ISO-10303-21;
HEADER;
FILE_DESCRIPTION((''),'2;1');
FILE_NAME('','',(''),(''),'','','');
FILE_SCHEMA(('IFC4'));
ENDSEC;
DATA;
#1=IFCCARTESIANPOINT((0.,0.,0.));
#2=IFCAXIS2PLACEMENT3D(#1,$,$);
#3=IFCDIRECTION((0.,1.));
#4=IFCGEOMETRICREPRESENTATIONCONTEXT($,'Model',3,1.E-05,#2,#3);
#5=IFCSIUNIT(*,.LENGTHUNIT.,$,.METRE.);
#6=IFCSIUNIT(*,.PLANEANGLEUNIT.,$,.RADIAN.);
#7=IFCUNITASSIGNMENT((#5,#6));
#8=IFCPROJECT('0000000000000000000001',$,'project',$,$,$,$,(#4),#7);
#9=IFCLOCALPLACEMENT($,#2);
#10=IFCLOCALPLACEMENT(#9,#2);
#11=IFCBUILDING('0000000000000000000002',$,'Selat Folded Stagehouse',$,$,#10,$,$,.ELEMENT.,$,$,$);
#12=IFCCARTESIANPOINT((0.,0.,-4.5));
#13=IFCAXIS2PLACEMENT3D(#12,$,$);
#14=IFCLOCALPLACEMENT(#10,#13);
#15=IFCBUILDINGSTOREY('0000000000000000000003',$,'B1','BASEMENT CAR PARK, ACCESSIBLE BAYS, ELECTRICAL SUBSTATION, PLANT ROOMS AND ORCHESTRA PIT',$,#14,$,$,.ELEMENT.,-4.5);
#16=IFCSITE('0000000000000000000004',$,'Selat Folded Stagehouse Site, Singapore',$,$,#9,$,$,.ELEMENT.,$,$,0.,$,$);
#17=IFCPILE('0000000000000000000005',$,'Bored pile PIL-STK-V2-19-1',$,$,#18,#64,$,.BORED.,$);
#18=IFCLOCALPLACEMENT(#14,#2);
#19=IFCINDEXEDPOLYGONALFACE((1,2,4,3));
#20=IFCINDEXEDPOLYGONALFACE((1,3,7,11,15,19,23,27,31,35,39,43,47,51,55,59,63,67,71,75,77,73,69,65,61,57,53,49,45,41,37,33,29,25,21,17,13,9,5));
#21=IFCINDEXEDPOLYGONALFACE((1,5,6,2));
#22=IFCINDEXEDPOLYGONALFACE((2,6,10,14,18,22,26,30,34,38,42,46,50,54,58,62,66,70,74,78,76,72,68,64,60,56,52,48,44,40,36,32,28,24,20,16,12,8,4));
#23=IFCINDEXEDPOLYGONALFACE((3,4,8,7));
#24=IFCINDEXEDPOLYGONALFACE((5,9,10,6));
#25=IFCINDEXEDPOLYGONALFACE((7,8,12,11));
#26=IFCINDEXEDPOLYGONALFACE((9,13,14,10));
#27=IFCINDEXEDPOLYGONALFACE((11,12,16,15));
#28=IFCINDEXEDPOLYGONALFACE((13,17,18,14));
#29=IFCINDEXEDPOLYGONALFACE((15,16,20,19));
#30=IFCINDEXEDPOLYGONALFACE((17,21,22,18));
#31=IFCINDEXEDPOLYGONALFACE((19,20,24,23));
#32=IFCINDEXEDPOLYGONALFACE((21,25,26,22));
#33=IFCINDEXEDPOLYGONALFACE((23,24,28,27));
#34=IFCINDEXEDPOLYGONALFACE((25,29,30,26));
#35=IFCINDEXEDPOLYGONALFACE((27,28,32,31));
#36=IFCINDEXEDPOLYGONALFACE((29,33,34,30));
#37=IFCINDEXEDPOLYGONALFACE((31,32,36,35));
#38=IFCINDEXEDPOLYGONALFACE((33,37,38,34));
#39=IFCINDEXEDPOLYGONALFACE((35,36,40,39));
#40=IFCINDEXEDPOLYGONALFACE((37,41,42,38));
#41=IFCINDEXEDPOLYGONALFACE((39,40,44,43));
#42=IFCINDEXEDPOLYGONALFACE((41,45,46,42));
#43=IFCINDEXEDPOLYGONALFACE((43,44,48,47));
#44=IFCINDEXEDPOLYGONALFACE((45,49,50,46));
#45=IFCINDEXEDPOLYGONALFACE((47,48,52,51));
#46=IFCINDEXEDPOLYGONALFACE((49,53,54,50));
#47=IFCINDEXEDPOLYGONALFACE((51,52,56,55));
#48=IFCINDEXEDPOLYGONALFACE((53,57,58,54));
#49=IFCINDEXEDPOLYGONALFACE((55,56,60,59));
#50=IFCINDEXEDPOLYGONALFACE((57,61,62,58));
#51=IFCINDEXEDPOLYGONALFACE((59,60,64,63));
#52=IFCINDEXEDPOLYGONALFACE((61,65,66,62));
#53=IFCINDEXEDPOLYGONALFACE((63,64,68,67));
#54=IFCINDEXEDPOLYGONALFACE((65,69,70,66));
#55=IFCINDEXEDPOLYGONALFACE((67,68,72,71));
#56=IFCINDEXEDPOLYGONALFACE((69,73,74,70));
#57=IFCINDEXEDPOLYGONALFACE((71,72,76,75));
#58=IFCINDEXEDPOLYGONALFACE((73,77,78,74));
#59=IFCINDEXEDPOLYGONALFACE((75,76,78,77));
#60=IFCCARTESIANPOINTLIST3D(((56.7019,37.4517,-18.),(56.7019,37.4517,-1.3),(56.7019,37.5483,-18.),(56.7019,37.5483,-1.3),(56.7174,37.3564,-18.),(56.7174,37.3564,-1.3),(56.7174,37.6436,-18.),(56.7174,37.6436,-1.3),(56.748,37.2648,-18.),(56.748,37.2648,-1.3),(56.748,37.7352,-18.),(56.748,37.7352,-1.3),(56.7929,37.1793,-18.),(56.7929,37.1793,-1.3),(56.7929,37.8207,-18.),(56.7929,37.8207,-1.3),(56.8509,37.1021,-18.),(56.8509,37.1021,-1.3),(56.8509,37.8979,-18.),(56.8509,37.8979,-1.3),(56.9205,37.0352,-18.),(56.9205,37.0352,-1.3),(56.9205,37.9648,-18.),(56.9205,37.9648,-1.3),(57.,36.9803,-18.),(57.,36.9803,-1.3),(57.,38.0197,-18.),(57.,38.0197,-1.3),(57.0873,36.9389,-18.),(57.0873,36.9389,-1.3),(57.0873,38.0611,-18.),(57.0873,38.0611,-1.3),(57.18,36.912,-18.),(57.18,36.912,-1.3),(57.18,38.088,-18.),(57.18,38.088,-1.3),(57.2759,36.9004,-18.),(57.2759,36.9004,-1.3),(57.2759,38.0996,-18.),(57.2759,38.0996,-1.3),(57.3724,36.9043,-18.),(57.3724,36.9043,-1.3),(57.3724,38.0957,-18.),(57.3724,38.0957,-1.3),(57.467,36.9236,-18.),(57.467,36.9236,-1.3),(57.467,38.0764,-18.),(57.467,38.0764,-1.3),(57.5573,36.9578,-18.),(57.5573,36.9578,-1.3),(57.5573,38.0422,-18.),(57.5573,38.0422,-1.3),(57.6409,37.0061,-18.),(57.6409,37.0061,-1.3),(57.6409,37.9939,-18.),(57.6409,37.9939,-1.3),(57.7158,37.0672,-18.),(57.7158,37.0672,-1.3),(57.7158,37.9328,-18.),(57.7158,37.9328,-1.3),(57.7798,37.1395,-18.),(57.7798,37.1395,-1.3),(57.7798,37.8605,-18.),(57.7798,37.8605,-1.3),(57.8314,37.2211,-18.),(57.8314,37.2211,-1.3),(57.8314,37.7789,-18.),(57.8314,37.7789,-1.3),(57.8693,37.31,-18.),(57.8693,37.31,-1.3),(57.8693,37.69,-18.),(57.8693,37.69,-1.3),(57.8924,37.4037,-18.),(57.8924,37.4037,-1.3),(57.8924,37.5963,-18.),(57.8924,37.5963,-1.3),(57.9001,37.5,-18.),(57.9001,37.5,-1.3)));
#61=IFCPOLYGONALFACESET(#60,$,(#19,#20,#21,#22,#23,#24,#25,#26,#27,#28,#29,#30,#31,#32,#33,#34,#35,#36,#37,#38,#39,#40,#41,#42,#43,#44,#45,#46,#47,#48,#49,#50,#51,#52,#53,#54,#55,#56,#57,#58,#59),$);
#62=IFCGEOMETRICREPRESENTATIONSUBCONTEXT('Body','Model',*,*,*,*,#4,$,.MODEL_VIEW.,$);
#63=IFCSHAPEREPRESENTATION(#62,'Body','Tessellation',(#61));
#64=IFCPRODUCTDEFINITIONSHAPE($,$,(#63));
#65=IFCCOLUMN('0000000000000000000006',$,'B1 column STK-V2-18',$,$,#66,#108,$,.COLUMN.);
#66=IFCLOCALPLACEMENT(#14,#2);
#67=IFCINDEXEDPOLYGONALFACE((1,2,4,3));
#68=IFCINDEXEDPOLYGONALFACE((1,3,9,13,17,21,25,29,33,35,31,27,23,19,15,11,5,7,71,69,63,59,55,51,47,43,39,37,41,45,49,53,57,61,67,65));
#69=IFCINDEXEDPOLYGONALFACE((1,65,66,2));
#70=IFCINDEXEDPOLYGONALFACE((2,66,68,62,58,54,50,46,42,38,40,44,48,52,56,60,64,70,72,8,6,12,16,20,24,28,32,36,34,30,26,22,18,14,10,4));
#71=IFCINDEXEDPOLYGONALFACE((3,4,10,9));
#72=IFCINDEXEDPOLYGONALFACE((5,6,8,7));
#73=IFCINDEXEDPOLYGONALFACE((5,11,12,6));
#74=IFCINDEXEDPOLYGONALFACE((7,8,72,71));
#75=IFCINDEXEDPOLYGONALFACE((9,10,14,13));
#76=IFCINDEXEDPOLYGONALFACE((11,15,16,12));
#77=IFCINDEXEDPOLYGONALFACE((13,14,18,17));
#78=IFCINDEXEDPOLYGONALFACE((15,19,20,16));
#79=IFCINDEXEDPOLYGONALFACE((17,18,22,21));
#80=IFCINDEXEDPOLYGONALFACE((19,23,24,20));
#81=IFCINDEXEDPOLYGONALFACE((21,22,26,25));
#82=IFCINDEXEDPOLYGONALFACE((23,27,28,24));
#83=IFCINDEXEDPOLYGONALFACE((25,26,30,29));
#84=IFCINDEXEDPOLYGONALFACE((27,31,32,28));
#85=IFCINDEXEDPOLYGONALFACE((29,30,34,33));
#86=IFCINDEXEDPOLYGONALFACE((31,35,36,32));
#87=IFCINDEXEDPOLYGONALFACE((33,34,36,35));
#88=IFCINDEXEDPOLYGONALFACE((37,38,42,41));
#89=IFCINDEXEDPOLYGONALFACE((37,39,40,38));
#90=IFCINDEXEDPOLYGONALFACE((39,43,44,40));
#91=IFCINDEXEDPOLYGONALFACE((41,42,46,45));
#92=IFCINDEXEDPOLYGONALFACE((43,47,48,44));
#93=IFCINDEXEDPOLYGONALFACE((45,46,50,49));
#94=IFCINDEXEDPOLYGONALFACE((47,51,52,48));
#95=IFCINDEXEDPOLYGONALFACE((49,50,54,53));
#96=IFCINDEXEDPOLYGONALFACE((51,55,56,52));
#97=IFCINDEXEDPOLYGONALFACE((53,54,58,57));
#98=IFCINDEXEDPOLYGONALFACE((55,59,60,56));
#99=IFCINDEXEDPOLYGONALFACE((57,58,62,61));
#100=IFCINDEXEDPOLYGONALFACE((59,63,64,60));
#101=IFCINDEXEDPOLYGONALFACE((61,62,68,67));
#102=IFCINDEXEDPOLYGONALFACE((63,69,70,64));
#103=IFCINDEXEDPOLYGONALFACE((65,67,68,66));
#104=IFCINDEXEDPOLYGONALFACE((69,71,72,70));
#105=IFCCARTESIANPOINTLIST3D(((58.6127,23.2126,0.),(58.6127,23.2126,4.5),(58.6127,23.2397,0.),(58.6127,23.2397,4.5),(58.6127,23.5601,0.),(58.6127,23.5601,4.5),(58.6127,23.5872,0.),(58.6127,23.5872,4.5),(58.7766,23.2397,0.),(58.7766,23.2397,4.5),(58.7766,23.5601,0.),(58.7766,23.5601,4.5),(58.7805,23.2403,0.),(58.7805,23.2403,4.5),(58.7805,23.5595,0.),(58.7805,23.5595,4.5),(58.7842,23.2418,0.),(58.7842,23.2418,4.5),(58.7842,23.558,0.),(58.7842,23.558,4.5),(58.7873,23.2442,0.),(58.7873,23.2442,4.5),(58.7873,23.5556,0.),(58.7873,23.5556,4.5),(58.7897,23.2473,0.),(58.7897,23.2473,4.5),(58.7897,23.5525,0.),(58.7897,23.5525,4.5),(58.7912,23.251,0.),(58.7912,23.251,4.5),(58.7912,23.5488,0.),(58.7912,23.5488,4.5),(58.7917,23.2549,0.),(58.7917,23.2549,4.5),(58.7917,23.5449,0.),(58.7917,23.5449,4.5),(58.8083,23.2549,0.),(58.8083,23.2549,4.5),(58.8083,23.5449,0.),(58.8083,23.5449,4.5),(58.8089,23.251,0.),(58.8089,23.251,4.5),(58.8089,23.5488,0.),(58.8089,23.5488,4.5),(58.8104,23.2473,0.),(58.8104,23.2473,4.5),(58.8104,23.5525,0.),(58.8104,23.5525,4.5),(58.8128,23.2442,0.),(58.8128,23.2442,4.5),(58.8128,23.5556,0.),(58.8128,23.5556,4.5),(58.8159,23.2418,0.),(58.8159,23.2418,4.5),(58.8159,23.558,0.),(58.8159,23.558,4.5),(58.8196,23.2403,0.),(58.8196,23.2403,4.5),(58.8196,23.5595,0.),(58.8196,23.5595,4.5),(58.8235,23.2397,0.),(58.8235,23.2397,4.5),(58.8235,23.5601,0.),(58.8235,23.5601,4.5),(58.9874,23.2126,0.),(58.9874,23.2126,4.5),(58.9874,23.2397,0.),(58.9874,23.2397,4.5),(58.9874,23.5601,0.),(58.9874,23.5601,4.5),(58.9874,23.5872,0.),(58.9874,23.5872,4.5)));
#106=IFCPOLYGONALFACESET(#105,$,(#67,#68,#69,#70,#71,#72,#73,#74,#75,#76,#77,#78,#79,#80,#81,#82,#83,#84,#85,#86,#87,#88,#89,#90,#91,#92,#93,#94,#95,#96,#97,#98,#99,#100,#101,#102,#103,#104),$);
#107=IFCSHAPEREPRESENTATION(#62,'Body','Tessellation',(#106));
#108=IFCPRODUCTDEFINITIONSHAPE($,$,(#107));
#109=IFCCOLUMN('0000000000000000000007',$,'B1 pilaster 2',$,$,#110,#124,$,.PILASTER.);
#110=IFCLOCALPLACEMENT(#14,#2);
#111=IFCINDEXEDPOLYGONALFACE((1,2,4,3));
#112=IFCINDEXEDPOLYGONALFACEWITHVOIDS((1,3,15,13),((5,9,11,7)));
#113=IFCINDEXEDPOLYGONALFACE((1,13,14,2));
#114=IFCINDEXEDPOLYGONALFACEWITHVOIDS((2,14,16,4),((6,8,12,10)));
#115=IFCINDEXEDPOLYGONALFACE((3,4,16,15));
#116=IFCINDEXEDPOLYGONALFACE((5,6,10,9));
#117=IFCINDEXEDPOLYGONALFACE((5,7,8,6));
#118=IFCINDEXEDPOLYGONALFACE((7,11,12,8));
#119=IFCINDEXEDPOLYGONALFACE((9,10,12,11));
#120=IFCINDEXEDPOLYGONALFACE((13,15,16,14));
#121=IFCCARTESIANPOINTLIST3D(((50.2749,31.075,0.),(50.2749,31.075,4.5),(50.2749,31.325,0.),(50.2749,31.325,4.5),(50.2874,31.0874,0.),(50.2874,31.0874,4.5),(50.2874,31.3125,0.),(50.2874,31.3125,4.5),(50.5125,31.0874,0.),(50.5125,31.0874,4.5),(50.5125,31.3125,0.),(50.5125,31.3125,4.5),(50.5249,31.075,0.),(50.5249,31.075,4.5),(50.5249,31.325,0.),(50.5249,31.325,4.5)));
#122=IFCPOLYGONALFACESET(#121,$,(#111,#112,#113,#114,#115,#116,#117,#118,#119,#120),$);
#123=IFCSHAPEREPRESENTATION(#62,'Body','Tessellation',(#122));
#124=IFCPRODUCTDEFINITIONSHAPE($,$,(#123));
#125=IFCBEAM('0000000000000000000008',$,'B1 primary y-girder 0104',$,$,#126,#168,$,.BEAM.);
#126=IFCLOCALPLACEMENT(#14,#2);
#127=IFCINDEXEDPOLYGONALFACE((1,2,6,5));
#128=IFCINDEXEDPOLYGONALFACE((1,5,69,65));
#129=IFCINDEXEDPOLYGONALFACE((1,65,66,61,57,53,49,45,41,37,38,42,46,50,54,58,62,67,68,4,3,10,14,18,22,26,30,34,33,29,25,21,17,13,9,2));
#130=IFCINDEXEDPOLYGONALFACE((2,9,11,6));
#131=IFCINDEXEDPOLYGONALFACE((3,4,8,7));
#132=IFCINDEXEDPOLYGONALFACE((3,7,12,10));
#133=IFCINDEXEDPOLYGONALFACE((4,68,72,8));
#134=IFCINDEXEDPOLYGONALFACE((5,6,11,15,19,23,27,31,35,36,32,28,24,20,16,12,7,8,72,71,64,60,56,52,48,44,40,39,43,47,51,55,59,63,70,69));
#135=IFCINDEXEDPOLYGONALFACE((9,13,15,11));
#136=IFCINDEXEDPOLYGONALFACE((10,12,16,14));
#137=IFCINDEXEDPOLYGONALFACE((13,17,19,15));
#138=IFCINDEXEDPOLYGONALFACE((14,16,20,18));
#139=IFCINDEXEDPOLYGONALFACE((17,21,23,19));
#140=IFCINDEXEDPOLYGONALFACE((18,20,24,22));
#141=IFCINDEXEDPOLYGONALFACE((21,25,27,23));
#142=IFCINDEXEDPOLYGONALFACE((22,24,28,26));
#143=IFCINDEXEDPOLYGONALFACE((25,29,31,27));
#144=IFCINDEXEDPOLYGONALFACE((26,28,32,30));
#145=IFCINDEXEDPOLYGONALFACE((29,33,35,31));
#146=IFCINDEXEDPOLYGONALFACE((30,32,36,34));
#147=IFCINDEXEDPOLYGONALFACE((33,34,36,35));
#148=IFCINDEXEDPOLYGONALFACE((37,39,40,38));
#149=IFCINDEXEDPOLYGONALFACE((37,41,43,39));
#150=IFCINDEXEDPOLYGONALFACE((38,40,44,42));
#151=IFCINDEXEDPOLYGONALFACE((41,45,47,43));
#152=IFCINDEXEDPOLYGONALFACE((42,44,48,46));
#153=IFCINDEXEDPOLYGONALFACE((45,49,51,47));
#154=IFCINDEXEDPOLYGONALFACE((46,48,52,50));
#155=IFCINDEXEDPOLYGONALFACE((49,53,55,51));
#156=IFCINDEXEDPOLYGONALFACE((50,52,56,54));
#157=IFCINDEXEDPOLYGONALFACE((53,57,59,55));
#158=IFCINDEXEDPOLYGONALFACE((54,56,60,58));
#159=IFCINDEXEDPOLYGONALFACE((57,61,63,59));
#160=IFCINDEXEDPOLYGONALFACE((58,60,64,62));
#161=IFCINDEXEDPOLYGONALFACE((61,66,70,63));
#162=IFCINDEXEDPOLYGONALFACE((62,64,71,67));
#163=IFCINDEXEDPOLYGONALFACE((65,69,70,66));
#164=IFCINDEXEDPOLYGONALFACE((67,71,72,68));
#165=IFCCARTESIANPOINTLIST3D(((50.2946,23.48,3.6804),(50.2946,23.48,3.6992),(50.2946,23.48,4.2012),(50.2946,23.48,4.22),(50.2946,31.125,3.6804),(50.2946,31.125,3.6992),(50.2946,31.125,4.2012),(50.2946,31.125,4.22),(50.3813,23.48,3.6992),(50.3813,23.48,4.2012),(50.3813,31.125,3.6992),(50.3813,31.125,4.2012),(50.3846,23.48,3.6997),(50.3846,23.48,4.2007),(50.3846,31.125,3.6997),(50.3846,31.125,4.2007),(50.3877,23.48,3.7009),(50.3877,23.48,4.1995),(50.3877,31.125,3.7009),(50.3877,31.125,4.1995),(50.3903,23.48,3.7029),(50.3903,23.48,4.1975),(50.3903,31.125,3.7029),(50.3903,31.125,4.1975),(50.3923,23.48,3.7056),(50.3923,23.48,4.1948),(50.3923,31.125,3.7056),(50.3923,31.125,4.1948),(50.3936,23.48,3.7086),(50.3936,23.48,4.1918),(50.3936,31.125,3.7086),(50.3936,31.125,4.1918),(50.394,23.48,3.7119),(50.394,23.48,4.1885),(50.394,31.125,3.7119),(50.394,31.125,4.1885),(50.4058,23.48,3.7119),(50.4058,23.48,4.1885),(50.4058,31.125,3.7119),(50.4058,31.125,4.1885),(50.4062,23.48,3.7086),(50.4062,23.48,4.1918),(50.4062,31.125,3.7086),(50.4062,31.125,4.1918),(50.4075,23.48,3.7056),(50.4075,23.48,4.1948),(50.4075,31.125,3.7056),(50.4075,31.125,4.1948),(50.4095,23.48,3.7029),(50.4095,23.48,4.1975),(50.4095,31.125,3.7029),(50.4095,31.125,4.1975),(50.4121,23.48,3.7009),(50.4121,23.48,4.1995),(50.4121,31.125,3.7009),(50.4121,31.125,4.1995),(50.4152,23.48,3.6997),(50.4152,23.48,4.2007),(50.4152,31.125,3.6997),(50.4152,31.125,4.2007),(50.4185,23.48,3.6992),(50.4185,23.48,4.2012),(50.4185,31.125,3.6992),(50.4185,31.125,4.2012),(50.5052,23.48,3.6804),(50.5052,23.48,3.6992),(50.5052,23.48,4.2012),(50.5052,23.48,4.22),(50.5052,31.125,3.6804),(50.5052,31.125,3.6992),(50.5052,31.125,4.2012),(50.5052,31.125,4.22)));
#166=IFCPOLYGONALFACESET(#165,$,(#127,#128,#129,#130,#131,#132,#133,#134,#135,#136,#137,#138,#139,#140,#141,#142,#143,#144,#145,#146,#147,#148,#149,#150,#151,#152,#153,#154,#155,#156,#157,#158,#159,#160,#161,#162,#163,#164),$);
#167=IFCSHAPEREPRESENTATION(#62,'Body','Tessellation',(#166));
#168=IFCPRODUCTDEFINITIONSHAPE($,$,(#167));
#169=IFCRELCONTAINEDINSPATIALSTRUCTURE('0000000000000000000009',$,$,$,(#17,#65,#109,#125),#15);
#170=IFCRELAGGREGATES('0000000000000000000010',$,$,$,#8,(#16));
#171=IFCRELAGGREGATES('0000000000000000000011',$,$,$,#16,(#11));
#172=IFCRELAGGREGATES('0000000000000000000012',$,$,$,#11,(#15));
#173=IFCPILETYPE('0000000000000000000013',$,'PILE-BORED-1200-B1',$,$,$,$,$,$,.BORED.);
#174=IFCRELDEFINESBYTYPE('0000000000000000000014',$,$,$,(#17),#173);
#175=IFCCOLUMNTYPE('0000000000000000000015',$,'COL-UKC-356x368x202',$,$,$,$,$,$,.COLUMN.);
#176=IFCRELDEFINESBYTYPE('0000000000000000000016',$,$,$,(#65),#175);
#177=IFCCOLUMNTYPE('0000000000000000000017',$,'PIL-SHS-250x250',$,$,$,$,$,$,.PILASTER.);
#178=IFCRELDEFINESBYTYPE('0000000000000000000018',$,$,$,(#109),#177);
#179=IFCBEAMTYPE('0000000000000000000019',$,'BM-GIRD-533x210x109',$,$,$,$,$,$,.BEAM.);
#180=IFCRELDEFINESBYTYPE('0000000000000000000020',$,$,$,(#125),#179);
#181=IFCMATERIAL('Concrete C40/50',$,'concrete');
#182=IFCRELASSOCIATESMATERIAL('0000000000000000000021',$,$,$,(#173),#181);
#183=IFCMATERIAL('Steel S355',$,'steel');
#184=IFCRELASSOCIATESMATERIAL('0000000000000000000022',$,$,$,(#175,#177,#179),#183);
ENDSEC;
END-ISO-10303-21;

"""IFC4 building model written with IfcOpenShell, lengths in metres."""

from ifc_helpers import new_model, si_unit, direction, frame, origin, origin_2d, place, context, subcontext, project, spatial, hollow_rectangle, circle, i_section, extrude, material, material_profile, profile_set, type_object, element, save


model = new_model("IFC4")

# Units and contexts
model_context = context("Model", 3, precision=1e-05, world=origin(), true_north=direction((0.0, 1.0)))
body_context = subcontext(model_context, "Body", "Model", "MODEL_VIEW")
ifc_project = project(units=[si_unit("LENGTHUNIT", "METRE"), si_unit("PLANEANGLEUNIT", "RADIAN")], contexts=[model_context])

# Site, building, storey
site_placement = place(None, origin())
site = spatial("IfcSite", under=ifc_project, at=site_placement, Name="Selat Folded Stagehouse Site, Singapore", CompositionType="ELEMENT", RefElevation=0.0)
building_placement = place(site_placement, origin())
building = spatial("IfcBuilding", under=site, at=building_placement, Name="Selat Folded Stagehouse", CompositionType="ELEMENT")
storey_placement = place(building_placement, frame((0.0, 0.0, -4.5)))
storey = spatial("IfcBuildingStorey", under=building, at=storey_placement, Name="B1", Description="BASEMENT CAR PARK, ACCESSIBLE BAYS, ELECTRICAL SUBSTATION, PLANT ROOMS AND ORCHESTRA PIT", CompositionType="ELEMENT", Elevation=-4.5)

# Shared definitions
ifc_material_1 = material(Name="Concrete C40/50", Category="concrete")

# Pile
ifc_material_profile_1 = material_profile(ifc_material_1, circle(Radius=0.6001, at=origin_2d()), Name="PILE D1200")
ifc_profile_set_1 = profile_set([ifc_material_profile_1], Name="Concrete C40/50")
pile_type = type_object("IfcPileType", Name="PILE-BORED-1200-B1", PredefinedType="BORED", material=ifc_profile_set_1)
for number, where, z_axis, x_axis, name in (
    (1, (57.3, 37.5, -1.3), (0.0, 0.0, -1.0), (1.0, 0.0, 0.0), "Bored pile PIL-STK-V2-19-1"),
):
    element("IfcPile", number, at=place(storey_placement, frame(where, z_axis=z_axis, x_axis=x_axis)), inside=storey, type_object=pile_type, Name=name, PredefinedType="BORED", context=body_context, shape_type="SweptSolid", body=[
        extrude(circle(Radius=0.6001, at=origin_2d()), origin(), (0.0, 0.0, 1.0), 16.7),
    ])

# Columns
ifc_material_2 = material(Name="Steel S355", Category="steel")
ifc_material_profile_2 = material_profile(ifc_material_2, i_section(OverallWidth=0.3748, OverallDepth=0.3745, WebThickness=0.0166, FlangeThickness=0.0271, FilletRadius=0.0151, at=origin_2d()), Name="UKC 356x368x202")
ifc_profile_set_2 = profile_set([ifc_material_profile_2], Name="Steel S355")
column_type_1 = type_object("IfcColumnType", Name="COL-UKC-356x368x202", PredefinedType="COLUMN", material=ifc_profile_set_2)
column_1_placement = place(storey_placement, frame((58.8, 23.3999, 0.0), z_axis=(0.0, 0.0, 1.0), x_axis=(1.0, 0.0, 0.0)))
element("IfcColumn", 2, at=column_1_placement, inside=storey, type_object=column_type_1, Name="B1 column STK-V2-18", PredefinedType="COLUMN", context=body_context, shape_type="SweptSolid", body=[
    extrude(i_section(OverallWidth=0.3748, OverallDepth=0.3745, WebThickness=0.0166, FlangeThickness=0.0271, FilletRadius=0.0151, at=origin_2d()), origin(), (0.0, 0.0, 1.0), 4.5),
])
ifc_material_profile_3 = material_profile(ifc_material_2, hollow_rectangle(XDim=0.25, YDim=0.25, WallThickness=0.0125, at=origin_2d()), Name="SHS 250x250x12.5")
ifc_profile_set_3 = profile_set([ifc_material_profile_3], Name="Steel S355")
column_type_2 = type_object("IfcColumnType", Name="PIL-SHS-250x250", PredefinedType="PILASTER", material=ifc_profile_set_3)
column_2_placement = place(storey_placement, frame((50.3999, 31.2, 0.0), z_axis=(0.0, 0.0, 1.0), x_axis=(1.0, 0.0, 0.0)))
element("IfcColumn", 3, at=column_2_placement, inside=storey, type_object=column_type_2, Name="B1 pilaster 2", PredefinedType="PILASTER", context=body_context, shape_type="SweptSolid", body=[
    extrude(hollow_rectangle(XDim=0.25, YDim=0.25, WallThickness=0.0125, at=origin_2d()), origin(), (0.0, 0.0, 1.0), 4.5),
])

# Beam
ifc_material_profile_4 = material_profile(ifc_material_2, i_section(OverallWidth=0.2107, OverallDepth=0.5396, WebThickness=0.0117, FlangeThickness=0.0188, FilletRadius=0.0127, at=origin_2d()), Name="UKB 533x210x109")
ifc_profile_set_4 = profile_set([ifc_material_profile_4], Name="Steel S355")
beam_type_1 = type_object("IfcBeamType", Name="BM-GIRD-533x210x109", PredefinedType="BEAM", material=ifc_profile_set_4)
beam_1_placement = place(storey_placement, frame((50.3999, 23.48, 3.9502), z_axis=(0.0, 1.0, 0.0), x_axis=(-1.0, 0.0, 0.0)))
element("IfcBeam", 4, at=beam_1_placement, inside=storey, type_object=beam_type_1, Name="B1 primary y-girder 0104", PredefinedType="BEAM", context=body_context, shape_type="SweptSolid", body=[
    extrude(i_section(OverallWidth=0.2107, OverallDepth=0.5396, WebThickness=0.0117, FlangeThickness=0.0188, FilletRadius=0.0127, at=origin_2d()), origin(), (0.0, 0.0, 1.0), 7.645),
])

save(model, "model.ifc")
